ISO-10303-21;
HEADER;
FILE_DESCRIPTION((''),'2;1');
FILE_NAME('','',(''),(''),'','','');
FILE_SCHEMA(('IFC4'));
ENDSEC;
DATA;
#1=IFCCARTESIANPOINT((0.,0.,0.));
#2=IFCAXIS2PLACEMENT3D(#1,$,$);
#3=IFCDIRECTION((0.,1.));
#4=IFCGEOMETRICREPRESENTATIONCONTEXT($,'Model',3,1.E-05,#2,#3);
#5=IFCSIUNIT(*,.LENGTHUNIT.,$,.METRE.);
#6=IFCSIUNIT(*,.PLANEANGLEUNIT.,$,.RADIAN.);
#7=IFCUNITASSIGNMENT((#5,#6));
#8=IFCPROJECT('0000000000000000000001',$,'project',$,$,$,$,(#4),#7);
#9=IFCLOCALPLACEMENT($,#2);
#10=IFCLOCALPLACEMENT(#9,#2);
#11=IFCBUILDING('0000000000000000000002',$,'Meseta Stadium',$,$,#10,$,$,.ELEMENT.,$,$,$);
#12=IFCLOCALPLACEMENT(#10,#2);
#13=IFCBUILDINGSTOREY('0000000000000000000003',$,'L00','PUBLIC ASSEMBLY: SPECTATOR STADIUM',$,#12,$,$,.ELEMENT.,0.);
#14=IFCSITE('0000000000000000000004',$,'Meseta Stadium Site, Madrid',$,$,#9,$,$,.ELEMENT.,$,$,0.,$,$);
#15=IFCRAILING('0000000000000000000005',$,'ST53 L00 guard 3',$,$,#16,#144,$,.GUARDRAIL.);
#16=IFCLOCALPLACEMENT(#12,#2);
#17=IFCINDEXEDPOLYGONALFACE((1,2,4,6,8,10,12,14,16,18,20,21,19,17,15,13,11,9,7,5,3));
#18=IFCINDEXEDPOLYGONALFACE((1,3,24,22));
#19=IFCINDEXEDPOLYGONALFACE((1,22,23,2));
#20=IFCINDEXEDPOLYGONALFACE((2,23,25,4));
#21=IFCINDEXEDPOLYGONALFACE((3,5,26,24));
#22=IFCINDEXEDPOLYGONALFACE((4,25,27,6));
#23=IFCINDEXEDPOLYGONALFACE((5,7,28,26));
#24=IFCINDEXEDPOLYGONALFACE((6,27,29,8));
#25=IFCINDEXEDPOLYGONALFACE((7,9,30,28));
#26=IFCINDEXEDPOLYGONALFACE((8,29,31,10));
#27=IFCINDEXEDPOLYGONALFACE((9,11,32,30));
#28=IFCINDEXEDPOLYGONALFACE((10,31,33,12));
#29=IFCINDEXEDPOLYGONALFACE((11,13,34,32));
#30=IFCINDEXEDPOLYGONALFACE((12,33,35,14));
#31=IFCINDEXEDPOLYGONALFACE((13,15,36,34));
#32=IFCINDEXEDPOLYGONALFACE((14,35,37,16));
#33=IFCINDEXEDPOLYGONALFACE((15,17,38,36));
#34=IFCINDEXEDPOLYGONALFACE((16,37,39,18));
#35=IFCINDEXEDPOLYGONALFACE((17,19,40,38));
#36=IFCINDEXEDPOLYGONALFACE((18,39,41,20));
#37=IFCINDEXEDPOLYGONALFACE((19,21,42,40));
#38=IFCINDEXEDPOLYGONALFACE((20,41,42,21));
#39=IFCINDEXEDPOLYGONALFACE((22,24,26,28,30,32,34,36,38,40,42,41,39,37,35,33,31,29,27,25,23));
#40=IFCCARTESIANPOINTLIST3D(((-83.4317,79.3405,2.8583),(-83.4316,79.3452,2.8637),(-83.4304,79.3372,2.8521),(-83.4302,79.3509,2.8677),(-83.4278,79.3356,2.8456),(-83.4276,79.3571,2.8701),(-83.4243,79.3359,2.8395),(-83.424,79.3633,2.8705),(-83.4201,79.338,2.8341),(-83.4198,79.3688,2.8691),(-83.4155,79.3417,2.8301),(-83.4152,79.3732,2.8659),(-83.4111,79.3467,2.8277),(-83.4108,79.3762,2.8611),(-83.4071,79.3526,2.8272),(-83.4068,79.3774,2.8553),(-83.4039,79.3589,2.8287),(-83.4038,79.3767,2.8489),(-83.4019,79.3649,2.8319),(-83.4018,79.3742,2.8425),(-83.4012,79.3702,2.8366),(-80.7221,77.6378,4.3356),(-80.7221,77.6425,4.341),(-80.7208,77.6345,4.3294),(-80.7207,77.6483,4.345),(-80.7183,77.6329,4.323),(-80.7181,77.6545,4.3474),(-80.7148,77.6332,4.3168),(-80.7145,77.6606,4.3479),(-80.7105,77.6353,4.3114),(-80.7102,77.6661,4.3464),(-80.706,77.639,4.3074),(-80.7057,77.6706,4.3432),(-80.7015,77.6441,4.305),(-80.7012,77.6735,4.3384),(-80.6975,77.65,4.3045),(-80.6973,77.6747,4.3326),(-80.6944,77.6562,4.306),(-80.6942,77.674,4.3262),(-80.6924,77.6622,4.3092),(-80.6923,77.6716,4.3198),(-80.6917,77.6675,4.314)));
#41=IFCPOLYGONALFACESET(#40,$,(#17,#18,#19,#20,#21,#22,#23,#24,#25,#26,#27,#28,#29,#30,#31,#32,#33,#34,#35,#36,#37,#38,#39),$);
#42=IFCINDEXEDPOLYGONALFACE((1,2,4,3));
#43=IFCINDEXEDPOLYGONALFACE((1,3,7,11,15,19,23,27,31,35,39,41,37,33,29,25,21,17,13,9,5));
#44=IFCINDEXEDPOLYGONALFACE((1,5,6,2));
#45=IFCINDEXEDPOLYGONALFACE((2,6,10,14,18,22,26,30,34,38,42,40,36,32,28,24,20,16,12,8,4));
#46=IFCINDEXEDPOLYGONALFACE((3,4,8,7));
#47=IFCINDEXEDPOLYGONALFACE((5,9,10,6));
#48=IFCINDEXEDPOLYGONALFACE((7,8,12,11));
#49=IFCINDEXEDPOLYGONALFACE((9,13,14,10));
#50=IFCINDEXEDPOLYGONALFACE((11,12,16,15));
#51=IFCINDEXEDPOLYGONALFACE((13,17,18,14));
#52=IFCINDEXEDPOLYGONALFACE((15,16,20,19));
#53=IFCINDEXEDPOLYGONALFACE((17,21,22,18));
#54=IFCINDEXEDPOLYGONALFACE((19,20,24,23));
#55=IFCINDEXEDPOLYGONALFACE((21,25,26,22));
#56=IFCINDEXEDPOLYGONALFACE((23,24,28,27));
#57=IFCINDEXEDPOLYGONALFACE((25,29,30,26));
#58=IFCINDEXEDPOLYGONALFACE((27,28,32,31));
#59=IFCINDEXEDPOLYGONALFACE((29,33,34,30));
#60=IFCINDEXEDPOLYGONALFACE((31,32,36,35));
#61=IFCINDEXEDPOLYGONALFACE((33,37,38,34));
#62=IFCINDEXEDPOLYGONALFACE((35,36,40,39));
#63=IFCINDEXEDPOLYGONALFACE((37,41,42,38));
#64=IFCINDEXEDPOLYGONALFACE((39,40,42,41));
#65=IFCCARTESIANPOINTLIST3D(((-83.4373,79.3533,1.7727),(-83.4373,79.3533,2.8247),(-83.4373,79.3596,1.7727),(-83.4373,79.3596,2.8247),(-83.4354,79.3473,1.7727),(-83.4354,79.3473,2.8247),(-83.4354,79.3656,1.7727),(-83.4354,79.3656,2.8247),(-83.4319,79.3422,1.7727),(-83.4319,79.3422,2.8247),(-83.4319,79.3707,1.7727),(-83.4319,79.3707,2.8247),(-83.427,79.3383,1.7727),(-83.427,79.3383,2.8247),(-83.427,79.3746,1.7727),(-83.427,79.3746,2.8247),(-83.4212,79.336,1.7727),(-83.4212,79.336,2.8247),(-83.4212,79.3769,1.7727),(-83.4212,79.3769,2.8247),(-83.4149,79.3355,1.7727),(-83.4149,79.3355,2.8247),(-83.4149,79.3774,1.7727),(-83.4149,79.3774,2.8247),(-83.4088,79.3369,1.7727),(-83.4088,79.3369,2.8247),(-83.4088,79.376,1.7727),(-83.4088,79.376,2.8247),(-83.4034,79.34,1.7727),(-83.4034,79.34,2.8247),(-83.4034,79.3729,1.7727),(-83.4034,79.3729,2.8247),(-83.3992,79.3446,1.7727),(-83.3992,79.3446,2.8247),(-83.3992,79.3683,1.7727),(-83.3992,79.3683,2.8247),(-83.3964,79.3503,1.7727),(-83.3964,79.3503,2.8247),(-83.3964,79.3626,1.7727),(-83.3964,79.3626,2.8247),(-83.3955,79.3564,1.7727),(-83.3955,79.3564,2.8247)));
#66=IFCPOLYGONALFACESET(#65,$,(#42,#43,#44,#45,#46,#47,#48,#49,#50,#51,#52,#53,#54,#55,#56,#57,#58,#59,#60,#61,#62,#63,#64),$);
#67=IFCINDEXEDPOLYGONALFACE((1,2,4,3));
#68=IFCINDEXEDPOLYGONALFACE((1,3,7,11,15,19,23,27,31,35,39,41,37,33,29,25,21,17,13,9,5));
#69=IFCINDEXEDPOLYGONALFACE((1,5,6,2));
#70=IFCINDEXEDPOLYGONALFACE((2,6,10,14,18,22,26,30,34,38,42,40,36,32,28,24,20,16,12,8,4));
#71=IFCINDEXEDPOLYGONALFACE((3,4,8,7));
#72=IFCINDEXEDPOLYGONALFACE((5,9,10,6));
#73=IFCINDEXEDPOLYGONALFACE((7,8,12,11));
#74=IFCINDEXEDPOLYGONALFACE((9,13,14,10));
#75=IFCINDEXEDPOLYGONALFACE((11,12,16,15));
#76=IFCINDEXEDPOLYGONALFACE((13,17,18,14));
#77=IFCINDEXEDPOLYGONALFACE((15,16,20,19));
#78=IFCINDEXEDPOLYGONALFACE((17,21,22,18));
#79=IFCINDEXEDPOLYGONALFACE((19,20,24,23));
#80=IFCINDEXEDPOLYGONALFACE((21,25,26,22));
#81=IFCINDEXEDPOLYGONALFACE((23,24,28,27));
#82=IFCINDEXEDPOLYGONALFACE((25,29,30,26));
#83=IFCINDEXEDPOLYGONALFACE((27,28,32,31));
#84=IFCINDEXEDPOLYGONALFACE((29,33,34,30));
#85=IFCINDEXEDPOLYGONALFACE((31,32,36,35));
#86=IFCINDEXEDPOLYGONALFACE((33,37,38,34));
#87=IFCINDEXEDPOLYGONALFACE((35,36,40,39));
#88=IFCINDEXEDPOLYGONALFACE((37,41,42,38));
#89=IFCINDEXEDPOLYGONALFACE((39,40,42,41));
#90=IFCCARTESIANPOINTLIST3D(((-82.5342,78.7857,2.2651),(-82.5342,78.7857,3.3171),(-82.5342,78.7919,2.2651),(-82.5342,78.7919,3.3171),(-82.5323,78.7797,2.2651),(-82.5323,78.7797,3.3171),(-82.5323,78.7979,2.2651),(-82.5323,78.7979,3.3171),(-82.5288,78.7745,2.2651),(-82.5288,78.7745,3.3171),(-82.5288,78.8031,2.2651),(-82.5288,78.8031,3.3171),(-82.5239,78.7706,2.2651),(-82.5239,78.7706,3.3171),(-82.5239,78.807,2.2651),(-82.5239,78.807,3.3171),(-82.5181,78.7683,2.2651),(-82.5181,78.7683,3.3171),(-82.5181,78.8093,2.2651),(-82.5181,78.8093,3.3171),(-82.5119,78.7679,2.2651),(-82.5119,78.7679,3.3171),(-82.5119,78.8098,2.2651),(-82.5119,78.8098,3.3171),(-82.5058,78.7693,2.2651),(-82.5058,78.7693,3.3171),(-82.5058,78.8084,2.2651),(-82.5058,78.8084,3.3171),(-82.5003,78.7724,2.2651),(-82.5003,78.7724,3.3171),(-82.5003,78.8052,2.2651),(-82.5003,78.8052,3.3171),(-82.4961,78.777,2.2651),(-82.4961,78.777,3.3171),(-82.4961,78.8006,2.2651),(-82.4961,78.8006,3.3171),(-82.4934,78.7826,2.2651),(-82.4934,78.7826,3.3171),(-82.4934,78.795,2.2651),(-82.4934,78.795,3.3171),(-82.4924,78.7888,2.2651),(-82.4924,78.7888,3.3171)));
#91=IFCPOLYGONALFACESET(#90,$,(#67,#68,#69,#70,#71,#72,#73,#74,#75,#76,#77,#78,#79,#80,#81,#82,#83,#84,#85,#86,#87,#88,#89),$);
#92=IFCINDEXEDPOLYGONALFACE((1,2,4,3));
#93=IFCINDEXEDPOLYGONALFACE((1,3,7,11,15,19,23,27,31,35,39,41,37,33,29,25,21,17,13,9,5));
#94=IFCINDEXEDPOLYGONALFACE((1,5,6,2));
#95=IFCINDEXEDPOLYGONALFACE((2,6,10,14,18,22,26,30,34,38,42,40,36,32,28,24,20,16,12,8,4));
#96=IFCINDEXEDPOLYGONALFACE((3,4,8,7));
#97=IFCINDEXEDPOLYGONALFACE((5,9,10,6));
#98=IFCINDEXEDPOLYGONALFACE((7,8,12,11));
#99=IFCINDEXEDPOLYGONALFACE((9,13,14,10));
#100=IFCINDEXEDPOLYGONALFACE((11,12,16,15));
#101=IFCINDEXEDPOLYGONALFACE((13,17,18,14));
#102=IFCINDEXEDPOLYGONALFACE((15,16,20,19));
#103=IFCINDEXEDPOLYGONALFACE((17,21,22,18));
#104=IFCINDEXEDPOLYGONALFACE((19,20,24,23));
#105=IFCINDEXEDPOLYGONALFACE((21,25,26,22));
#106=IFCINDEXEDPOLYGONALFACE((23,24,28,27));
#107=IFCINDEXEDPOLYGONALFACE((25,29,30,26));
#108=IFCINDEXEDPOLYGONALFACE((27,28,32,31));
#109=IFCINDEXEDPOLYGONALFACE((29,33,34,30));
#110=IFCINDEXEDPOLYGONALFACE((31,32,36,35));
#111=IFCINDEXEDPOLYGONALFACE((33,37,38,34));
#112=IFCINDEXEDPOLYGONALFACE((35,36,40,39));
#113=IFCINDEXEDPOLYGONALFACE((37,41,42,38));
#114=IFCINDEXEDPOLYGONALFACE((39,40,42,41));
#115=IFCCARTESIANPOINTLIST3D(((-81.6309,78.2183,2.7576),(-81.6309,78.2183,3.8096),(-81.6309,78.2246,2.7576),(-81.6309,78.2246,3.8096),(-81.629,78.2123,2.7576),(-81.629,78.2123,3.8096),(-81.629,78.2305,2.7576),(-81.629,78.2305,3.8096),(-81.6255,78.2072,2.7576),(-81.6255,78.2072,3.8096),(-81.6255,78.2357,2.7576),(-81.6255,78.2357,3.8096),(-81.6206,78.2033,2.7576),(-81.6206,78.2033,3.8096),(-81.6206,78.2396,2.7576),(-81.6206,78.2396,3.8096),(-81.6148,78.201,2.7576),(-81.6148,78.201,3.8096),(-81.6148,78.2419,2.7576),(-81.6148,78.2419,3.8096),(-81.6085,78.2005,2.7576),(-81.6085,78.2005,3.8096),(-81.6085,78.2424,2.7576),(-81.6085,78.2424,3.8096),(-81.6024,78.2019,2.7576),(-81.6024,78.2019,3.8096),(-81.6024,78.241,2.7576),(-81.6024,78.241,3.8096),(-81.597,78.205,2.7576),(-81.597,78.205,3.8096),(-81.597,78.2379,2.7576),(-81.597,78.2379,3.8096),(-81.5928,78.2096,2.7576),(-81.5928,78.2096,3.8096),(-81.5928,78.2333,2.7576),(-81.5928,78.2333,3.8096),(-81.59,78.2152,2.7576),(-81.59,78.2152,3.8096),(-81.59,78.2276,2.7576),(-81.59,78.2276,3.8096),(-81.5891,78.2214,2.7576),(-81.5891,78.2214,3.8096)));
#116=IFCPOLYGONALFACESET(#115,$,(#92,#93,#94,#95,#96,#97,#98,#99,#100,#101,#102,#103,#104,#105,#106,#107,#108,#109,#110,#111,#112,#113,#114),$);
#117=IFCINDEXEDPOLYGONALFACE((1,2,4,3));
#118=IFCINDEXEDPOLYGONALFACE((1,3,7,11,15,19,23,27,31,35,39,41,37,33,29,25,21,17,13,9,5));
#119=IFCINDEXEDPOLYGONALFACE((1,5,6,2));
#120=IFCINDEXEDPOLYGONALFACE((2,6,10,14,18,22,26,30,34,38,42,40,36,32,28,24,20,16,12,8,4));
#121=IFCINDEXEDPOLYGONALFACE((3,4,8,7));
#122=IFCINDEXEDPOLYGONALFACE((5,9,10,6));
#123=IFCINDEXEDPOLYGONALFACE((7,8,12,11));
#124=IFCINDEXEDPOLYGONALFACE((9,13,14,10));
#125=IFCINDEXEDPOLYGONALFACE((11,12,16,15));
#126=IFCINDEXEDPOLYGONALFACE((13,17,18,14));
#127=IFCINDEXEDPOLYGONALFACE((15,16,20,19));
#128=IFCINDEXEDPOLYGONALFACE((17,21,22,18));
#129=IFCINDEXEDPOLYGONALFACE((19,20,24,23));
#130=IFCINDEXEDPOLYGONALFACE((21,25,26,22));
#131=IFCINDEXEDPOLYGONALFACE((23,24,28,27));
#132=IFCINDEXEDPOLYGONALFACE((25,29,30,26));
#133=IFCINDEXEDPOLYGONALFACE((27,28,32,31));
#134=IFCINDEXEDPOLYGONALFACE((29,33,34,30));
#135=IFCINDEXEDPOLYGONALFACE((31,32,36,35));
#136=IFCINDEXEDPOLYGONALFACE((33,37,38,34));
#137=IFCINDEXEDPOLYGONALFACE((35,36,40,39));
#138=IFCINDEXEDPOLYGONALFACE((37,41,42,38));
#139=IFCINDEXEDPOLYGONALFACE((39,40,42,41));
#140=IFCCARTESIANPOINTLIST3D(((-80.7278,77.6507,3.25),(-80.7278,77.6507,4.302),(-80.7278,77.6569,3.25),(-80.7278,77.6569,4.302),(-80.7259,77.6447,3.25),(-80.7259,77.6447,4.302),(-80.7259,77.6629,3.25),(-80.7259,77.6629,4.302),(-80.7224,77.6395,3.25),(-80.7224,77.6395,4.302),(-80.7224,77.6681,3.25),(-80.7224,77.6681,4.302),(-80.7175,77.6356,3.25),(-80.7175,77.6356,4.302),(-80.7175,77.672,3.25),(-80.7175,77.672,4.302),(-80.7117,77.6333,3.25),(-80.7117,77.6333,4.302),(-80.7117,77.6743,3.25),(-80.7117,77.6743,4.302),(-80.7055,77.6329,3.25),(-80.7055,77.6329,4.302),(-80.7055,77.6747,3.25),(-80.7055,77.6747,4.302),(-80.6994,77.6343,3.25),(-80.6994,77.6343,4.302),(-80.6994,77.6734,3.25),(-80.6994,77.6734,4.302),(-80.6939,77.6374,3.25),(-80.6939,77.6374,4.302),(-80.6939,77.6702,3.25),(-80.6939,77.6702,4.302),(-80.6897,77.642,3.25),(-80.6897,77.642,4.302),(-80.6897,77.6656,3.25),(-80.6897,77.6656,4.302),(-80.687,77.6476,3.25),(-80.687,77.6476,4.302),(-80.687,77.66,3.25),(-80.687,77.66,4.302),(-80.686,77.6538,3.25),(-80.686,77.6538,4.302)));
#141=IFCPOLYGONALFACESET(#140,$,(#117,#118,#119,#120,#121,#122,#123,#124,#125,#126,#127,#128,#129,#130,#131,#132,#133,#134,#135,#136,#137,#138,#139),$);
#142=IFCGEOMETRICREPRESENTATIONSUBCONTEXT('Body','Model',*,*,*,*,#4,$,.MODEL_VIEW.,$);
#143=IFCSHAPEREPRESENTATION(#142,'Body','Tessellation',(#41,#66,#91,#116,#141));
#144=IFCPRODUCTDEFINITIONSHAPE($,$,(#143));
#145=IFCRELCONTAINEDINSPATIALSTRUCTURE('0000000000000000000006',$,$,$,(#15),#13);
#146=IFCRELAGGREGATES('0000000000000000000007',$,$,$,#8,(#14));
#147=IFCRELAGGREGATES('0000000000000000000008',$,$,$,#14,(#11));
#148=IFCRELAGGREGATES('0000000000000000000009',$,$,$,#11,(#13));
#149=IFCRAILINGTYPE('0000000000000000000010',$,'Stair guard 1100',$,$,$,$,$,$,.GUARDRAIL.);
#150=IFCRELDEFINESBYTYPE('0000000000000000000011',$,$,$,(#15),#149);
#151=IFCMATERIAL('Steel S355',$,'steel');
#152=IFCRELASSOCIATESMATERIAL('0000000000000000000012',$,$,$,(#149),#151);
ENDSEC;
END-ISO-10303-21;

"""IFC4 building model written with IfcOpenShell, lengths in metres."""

from ifc_helpers import new_model, si_unit, direction, frame, origin, origin_2d, place, context, subcontext, project, spatial, circle, extrude, material, type_object, element, save


model = new_model("IFC4")

# Units and contexts
model_context = context("Model", 3, precision=1e-05, world=origin(), true_north=direction((0.0, 1.0)))
body_context = subcontext(model_context, "Body", "Model", "MODEL_VIEW")
ifc_project = project(units=[si_unit("LENGTHUNIT", "METRE"), si_unit("PLANEANGLEUNIT", "RADIAN")], contexts=[model_context])

# Site, building, storey
site_placement = place(None, origin())
site = spatial("IfcSite", under=ifc_project, at=site_placement, Name="Meseta Stadium Site, Madrid", CompositionType="ELEMENT", RefElevation=0.0)
building_placement = place(site_placement, origin())
building = spatial("IfcBuilding", under=site, at=building_placement, Name="Meseta Stadium", CompositionType="ELEMENT")
storey_placement = place(building_placement, origin())
storey = spatial("IfcBuildingStorey", under=building, at=storey_placement, Name="L00", Description="PUBLIC ASSEMBLY: SPECTATOR STADIUM", CompositionType="ELEMENT", Elevation=0.0)

# Railing
ifc_material_1 = material(Name="Steel S355", Category="steel")
railing_type_1 = type_object("IfcRailingType", Name="Stair guard 1100", PredefinedType="GUARDRAIL", material=ifc_material_1)
railing_1_placement = place(storey_placement, frame((-83.4165, 79.3564, 1.7727)))
element("IfcRailing", 1, at=railing_1_placement, inside=storey, type_object=railing_type_1, Name="ST53 L00 guard 3", PredefinedType="GUARDRAIL", context=body_context, shape_type="SweptSolid", body=[
    extrude(circle(Radius=0.0239, at=origin_2d()), frame((0.0, 0.0, 1.0762), z_axis=(0.768738, -0.483076, 0.419142), x_axis=(0.532068, 0.846701, 0.0)), (0.0, 0.0, 1.0), 3.5247),
    extrude(circle(Radius=0.021, at=origin_2d()), origin(), (0.0, 0.0, 1.0), 1.052),
    extrude(circle(Radius=0.021, at=origin_2d()), frame((0.9031, -0.5676, 0.4924)), (0.0, 0.0, 1.0), 1.052),
    extrude(circle(Radius=0.021, at=origin_2d()), frame((1.8064, -1.135, 0.9849)), (0.0, 0.0, 1.0), 1.052),
    extrude(circle(Radius=0.021, at=origin_2d()), frame((2.7095, -1.7026, 1.4773)), (0.0, 0.0, 1.0), 1.052),
])

save(model, "model.ifc")
